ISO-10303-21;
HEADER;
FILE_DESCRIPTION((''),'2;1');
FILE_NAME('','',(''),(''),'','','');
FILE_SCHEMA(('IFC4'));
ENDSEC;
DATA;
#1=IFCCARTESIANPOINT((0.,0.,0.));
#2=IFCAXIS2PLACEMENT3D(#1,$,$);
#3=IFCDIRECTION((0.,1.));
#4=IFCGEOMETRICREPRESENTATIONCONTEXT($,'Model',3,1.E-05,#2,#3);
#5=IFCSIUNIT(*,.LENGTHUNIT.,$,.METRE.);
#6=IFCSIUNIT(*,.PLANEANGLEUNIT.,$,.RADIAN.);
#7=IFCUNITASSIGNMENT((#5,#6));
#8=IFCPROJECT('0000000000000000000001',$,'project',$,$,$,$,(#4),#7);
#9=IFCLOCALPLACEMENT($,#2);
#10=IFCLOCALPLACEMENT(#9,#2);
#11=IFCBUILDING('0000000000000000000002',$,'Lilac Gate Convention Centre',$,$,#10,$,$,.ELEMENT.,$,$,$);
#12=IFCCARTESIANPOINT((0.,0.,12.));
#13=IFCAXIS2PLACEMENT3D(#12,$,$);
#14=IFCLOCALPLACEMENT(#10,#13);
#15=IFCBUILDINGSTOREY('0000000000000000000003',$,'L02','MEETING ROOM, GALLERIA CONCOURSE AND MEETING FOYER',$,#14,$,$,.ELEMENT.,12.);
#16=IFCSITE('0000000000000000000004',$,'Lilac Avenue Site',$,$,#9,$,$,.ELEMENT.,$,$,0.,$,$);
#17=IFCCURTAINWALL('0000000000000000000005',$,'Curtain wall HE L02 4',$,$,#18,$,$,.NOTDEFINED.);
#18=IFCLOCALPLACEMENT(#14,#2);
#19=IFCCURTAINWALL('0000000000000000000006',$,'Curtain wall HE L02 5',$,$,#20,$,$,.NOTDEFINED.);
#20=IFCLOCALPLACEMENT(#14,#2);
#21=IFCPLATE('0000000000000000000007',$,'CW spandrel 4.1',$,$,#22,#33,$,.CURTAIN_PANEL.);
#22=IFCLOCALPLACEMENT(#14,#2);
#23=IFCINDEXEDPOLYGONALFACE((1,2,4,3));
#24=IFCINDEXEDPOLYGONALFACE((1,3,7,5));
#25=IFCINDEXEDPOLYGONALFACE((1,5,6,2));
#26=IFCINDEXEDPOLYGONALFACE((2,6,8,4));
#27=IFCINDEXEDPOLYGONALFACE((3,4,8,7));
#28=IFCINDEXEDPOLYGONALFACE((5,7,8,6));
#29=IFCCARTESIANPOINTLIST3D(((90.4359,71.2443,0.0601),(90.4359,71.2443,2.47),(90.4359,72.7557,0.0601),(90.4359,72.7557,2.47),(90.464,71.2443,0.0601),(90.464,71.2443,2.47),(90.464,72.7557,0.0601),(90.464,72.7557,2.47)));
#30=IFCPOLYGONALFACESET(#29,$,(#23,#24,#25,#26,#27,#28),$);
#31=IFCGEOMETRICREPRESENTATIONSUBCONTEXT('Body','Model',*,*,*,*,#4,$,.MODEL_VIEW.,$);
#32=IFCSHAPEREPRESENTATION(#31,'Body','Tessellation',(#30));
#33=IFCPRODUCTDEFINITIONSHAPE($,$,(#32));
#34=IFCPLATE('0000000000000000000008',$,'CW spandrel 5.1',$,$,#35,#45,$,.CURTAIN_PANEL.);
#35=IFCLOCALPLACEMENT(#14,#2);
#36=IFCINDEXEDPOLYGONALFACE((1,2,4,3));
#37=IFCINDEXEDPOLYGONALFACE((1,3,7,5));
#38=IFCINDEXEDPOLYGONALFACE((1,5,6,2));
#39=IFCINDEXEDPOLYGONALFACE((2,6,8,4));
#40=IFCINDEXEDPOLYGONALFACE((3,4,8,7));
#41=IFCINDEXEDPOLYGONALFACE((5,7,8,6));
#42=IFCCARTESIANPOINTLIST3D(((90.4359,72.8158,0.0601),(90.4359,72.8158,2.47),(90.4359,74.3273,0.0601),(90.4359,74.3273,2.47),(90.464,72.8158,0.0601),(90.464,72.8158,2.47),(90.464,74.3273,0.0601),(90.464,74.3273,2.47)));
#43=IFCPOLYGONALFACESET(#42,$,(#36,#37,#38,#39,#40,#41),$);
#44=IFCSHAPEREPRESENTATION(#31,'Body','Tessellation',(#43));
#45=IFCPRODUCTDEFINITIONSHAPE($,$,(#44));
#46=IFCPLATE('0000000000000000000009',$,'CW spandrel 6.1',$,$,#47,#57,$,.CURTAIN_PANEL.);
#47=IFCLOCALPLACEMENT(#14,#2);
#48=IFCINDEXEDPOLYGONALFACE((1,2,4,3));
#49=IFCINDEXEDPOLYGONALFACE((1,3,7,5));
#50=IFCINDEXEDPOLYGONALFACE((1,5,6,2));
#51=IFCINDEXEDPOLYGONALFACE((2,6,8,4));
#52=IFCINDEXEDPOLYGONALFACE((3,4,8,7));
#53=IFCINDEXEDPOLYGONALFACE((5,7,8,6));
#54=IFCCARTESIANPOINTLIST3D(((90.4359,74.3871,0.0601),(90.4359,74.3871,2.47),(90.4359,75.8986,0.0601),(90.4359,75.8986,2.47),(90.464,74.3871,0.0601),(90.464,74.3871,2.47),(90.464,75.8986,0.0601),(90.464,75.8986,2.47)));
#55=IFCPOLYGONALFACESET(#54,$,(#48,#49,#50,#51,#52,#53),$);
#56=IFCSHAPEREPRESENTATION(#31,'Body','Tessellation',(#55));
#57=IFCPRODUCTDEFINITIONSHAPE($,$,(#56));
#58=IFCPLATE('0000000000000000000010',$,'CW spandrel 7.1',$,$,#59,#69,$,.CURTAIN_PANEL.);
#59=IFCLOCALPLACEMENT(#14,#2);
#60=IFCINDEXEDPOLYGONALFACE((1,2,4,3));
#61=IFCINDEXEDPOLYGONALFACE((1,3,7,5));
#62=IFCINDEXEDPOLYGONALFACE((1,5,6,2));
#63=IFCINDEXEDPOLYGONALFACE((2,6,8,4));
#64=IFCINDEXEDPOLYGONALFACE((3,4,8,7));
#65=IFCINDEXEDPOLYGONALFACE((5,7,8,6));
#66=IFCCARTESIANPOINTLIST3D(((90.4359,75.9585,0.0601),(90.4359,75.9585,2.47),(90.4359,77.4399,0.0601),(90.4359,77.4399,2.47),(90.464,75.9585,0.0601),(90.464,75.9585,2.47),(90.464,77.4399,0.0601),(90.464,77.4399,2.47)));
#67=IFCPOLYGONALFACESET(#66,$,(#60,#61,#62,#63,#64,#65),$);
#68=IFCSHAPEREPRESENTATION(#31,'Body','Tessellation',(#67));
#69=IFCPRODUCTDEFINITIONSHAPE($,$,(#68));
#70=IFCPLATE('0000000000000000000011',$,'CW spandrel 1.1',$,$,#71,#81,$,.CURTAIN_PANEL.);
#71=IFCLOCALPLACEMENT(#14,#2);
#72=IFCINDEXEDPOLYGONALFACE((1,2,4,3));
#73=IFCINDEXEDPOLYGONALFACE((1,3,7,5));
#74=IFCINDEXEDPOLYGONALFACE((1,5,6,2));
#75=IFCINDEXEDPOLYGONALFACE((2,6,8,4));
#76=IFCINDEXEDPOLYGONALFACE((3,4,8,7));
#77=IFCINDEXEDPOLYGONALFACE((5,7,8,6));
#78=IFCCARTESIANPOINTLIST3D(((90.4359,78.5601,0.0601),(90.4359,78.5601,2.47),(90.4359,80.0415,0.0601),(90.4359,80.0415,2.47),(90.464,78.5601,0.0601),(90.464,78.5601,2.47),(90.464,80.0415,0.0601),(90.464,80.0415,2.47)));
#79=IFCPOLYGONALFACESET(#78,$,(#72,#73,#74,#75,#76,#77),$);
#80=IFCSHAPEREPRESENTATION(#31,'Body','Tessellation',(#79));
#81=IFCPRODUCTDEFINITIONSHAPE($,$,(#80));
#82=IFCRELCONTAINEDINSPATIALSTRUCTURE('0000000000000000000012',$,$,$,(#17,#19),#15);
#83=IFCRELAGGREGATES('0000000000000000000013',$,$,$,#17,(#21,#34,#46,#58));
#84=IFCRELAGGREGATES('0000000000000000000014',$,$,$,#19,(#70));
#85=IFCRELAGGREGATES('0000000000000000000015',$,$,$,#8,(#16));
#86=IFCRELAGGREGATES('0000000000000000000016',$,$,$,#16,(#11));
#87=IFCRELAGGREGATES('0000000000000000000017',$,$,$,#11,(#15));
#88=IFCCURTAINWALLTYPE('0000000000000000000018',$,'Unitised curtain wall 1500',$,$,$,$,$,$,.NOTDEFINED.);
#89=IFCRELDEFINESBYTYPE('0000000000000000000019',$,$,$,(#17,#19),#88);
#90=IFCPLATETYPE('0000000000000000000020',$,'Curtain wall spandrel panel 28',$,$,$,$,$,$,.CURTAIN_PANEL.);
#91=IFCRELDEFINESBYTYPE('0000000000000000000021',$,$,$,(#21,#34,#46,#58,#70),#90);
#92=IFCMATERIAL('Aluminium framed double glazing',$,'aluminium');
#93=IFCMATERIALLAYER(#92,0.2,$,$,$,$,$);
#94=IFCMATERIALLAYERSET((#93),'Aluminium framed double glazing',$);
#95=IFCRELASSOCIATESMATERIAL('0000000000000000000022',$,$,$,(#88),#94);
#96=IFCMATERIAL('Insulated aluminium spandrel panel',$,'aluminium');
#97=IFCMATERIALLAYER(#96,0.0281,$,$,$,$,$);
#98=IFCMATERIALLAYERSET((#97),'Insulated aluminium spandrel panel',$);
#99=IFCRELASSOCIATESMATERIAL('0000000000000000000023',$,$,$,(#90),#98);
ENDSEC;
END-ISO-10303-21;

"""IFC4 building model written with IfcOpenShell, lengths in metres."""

from ifc_helpers import new_model, si_unit, direction, frame, origin, origin_2d, place, context, subcontext, project, spatial, rectangle, extrude, material, layer, layer_set, type_object, element, aggregate, save


model = new_model("IFC4")

# Units and contexts
model_context = context("Model", 3, precision=1e-05, world=origin(), true_north=direction((0.0, 1.0)))
body_context = subcontext(model_context, "Body", "Model", "MODEL_VIEW")
ifc_project = project(units=[si_unit("LENGTHUNIT", "METRE"), si_unit("PLANEANGLEUNIT", "RADIAN")], contexts=[model_context])

# Site, building, storey
site_placement = place(None, origin())
site = spatial("IfcSite", under=ifc_project, at=site_placement, Name="Lilac Avenue Site", CompositionType="ELEMENT", RefElevation=0.0)
building_placement = place(site_placement, origin())
building = spatial("IfcBuilding", under=site, at=building_placement, Name="Lilac Gate Convention Centre", CompositionType="ELEMENT")
storey_placement = place(building_placement, frame((0.0, 0.0, 12.0)))
storey = spatial("IfcBuildingStorey", under=building, at=storey_placement, Name="L02", Description="MEETING ROOM, GALLERIA CONCOURSE AND MEETING FOYER", CompositionType="ELEMENT", Elevation=12.0)

# Curtain walls
ifc_material_1 = material(Name="Aluminium framed double glazing", Category="aluminium")
ifc_layer_1 = layer(ifc_material_1, 0.2)
ifc_layer_set_1 = layer_set([ifc_layer_1], Name="Aluminium framed double glazing")
curtain_wall_type = type_object("IfcCurtainWallType", Name="Unitised curtain wall 1500", PredefinedType="NOTDEFINED", material=ifc_layer_set_1)
curtain_wall_1_placement = place(storey_placement, origin())
curtain_wall_1 = element("IfcCurtainWall", 1, at=curtain_wall_1_placement, inside=storey, type_object=curtain_wall_type, Name="Curtain wall HE L02 4", PredefinedType="NOTDEFINED")
curtain_wall_2_placement = place(storey_placement, origin())
curtain_wall_2 = element("IfcCurtainWall", 2, at=curtain_wall_2_placement, inside=storey, type_object=curtain_wall_type, Name="Curtain wall HE L02 5", PredefinedType="NOTDEFINED")

# Plates
ifc_material_2 = material(Name="Insulated aluminium spandrel panel", Category="aluminium")
ifc_layer_2 = layer(ifc_material_2, 0.0281)
ifc_layer_set_2 = layer_set([ifc_layer_2], Name="Insulated aluminium spandrel panel")
plate_type_1 = type_object("IfcPlateType", Name="Curtain wall spandrel panel 28", PredefinedType="CURTAIN_PANEL", material=ifc_layer_set_2)
plate_1_placement = place(storey_placement, frame((90.45, 72.0, 0.0601), z_axis=(0.0, 0.0, 1.0), x_axis=(0.0, 1.0, 0.0)))
plate_1 = element("IfcPlate", 3, at=plate_1_placement, type_object=plate_type_1, Name="CW spandrel 4.1", PredefinedType="CURTAIN_PANEL", context=body_context, shape_type="SweptSolid", body=[
    extrude(rectangle(XDim=1.5115, YDim=0.0281, at=origin_2d()), origin(), (0.0, 0.0, 1.0), 2.4099),
])
plate_2_placement = place(storey_placement, frame((90.45, 73.5715, 0.0601), z_axis=(0.0, 0.0, 1.0), x_axis=(0.0, 1.0, 0.0)))
plate_2 = element("IfcPlate", 4, at=plate_2_placement, type_object=plate_type_1, Name="CW spandrel 5.1", PredefinedType="CURTAIN_PANEL", context=body_context, shape_type="SweptSolid", body=[
    extrude(rectangle(XDim=1.5115, YDim=0.0281, at=origin_2d()), origin(), (0.0, 0.0, 1.0), 2.4099),
])
plate_3_placement = place(storey_placement, frame((90.45, 75.1428, 0.0601), z_axis=(0.0, 0.0, 1.0), x_axis=(0.0, 1.0, 0.0)))
plate_3 = element("IfcPlate", 5, at=plate_3_placement, type_object=plate_type_1, Name="CW spandrel 6.1", PredefinedType="CURTAIN_PANEL", context=body_context, shape_type="SweptSolid", body=[
    extrude(rectangle(XDim=1.5115, YDim=0.0281, at=origin_2d()), origin(), (0.0, 0.0, 1.0), 2.4099),
])
plate_4_placement = place(storey_placement, frame((90.45, 76.6992, 0.0601), z_axis=(0.0, 0.0, 1.0), x_axis=(0.0, 1.0, 0.0)))
plate_4 = element("IfcPlate", 6, at=plate_4_placement, type_object=plate_type_1, Name="CW spandrel 7.1", PredefinedType="CURTAIN_PANEL", context=body_context, shape_type="SweptSolid", body=[
    extrude(rectangle(XDim=1.4814, YDim=0.0281, at=origin_2d()), origin(), (0.0, 0.0, 1.0), 2.4099),
])
aggregate(curtain_wall_1, [plate_1, plate_2, plate_3, plate_4])
plate_5_placement = place(storey_placement, frame((90.45, 79.3008, 0.0601), z_axis=(0.0, 0.0, 1.0), x_axis=(0.0, 1.0, 0.0)))
plate_5 = element("IfcPlate", 7, at=plate_5_placement, type_object=plate_type_1, Name="CW spandrel 1.1", PredefinedType="CURTAIN_PANEL", context=body_context, shape_type="SweptSolid", body=[
    extrude(rectangle(XDim=1.4814, YDim=0.0281, at=origin_2d()), origin(), (0.0, 0.0, 1.0), 2.4099),
])
aggregate(curtain_wall_2, [plate_5])

save(model, "model.ifc")
